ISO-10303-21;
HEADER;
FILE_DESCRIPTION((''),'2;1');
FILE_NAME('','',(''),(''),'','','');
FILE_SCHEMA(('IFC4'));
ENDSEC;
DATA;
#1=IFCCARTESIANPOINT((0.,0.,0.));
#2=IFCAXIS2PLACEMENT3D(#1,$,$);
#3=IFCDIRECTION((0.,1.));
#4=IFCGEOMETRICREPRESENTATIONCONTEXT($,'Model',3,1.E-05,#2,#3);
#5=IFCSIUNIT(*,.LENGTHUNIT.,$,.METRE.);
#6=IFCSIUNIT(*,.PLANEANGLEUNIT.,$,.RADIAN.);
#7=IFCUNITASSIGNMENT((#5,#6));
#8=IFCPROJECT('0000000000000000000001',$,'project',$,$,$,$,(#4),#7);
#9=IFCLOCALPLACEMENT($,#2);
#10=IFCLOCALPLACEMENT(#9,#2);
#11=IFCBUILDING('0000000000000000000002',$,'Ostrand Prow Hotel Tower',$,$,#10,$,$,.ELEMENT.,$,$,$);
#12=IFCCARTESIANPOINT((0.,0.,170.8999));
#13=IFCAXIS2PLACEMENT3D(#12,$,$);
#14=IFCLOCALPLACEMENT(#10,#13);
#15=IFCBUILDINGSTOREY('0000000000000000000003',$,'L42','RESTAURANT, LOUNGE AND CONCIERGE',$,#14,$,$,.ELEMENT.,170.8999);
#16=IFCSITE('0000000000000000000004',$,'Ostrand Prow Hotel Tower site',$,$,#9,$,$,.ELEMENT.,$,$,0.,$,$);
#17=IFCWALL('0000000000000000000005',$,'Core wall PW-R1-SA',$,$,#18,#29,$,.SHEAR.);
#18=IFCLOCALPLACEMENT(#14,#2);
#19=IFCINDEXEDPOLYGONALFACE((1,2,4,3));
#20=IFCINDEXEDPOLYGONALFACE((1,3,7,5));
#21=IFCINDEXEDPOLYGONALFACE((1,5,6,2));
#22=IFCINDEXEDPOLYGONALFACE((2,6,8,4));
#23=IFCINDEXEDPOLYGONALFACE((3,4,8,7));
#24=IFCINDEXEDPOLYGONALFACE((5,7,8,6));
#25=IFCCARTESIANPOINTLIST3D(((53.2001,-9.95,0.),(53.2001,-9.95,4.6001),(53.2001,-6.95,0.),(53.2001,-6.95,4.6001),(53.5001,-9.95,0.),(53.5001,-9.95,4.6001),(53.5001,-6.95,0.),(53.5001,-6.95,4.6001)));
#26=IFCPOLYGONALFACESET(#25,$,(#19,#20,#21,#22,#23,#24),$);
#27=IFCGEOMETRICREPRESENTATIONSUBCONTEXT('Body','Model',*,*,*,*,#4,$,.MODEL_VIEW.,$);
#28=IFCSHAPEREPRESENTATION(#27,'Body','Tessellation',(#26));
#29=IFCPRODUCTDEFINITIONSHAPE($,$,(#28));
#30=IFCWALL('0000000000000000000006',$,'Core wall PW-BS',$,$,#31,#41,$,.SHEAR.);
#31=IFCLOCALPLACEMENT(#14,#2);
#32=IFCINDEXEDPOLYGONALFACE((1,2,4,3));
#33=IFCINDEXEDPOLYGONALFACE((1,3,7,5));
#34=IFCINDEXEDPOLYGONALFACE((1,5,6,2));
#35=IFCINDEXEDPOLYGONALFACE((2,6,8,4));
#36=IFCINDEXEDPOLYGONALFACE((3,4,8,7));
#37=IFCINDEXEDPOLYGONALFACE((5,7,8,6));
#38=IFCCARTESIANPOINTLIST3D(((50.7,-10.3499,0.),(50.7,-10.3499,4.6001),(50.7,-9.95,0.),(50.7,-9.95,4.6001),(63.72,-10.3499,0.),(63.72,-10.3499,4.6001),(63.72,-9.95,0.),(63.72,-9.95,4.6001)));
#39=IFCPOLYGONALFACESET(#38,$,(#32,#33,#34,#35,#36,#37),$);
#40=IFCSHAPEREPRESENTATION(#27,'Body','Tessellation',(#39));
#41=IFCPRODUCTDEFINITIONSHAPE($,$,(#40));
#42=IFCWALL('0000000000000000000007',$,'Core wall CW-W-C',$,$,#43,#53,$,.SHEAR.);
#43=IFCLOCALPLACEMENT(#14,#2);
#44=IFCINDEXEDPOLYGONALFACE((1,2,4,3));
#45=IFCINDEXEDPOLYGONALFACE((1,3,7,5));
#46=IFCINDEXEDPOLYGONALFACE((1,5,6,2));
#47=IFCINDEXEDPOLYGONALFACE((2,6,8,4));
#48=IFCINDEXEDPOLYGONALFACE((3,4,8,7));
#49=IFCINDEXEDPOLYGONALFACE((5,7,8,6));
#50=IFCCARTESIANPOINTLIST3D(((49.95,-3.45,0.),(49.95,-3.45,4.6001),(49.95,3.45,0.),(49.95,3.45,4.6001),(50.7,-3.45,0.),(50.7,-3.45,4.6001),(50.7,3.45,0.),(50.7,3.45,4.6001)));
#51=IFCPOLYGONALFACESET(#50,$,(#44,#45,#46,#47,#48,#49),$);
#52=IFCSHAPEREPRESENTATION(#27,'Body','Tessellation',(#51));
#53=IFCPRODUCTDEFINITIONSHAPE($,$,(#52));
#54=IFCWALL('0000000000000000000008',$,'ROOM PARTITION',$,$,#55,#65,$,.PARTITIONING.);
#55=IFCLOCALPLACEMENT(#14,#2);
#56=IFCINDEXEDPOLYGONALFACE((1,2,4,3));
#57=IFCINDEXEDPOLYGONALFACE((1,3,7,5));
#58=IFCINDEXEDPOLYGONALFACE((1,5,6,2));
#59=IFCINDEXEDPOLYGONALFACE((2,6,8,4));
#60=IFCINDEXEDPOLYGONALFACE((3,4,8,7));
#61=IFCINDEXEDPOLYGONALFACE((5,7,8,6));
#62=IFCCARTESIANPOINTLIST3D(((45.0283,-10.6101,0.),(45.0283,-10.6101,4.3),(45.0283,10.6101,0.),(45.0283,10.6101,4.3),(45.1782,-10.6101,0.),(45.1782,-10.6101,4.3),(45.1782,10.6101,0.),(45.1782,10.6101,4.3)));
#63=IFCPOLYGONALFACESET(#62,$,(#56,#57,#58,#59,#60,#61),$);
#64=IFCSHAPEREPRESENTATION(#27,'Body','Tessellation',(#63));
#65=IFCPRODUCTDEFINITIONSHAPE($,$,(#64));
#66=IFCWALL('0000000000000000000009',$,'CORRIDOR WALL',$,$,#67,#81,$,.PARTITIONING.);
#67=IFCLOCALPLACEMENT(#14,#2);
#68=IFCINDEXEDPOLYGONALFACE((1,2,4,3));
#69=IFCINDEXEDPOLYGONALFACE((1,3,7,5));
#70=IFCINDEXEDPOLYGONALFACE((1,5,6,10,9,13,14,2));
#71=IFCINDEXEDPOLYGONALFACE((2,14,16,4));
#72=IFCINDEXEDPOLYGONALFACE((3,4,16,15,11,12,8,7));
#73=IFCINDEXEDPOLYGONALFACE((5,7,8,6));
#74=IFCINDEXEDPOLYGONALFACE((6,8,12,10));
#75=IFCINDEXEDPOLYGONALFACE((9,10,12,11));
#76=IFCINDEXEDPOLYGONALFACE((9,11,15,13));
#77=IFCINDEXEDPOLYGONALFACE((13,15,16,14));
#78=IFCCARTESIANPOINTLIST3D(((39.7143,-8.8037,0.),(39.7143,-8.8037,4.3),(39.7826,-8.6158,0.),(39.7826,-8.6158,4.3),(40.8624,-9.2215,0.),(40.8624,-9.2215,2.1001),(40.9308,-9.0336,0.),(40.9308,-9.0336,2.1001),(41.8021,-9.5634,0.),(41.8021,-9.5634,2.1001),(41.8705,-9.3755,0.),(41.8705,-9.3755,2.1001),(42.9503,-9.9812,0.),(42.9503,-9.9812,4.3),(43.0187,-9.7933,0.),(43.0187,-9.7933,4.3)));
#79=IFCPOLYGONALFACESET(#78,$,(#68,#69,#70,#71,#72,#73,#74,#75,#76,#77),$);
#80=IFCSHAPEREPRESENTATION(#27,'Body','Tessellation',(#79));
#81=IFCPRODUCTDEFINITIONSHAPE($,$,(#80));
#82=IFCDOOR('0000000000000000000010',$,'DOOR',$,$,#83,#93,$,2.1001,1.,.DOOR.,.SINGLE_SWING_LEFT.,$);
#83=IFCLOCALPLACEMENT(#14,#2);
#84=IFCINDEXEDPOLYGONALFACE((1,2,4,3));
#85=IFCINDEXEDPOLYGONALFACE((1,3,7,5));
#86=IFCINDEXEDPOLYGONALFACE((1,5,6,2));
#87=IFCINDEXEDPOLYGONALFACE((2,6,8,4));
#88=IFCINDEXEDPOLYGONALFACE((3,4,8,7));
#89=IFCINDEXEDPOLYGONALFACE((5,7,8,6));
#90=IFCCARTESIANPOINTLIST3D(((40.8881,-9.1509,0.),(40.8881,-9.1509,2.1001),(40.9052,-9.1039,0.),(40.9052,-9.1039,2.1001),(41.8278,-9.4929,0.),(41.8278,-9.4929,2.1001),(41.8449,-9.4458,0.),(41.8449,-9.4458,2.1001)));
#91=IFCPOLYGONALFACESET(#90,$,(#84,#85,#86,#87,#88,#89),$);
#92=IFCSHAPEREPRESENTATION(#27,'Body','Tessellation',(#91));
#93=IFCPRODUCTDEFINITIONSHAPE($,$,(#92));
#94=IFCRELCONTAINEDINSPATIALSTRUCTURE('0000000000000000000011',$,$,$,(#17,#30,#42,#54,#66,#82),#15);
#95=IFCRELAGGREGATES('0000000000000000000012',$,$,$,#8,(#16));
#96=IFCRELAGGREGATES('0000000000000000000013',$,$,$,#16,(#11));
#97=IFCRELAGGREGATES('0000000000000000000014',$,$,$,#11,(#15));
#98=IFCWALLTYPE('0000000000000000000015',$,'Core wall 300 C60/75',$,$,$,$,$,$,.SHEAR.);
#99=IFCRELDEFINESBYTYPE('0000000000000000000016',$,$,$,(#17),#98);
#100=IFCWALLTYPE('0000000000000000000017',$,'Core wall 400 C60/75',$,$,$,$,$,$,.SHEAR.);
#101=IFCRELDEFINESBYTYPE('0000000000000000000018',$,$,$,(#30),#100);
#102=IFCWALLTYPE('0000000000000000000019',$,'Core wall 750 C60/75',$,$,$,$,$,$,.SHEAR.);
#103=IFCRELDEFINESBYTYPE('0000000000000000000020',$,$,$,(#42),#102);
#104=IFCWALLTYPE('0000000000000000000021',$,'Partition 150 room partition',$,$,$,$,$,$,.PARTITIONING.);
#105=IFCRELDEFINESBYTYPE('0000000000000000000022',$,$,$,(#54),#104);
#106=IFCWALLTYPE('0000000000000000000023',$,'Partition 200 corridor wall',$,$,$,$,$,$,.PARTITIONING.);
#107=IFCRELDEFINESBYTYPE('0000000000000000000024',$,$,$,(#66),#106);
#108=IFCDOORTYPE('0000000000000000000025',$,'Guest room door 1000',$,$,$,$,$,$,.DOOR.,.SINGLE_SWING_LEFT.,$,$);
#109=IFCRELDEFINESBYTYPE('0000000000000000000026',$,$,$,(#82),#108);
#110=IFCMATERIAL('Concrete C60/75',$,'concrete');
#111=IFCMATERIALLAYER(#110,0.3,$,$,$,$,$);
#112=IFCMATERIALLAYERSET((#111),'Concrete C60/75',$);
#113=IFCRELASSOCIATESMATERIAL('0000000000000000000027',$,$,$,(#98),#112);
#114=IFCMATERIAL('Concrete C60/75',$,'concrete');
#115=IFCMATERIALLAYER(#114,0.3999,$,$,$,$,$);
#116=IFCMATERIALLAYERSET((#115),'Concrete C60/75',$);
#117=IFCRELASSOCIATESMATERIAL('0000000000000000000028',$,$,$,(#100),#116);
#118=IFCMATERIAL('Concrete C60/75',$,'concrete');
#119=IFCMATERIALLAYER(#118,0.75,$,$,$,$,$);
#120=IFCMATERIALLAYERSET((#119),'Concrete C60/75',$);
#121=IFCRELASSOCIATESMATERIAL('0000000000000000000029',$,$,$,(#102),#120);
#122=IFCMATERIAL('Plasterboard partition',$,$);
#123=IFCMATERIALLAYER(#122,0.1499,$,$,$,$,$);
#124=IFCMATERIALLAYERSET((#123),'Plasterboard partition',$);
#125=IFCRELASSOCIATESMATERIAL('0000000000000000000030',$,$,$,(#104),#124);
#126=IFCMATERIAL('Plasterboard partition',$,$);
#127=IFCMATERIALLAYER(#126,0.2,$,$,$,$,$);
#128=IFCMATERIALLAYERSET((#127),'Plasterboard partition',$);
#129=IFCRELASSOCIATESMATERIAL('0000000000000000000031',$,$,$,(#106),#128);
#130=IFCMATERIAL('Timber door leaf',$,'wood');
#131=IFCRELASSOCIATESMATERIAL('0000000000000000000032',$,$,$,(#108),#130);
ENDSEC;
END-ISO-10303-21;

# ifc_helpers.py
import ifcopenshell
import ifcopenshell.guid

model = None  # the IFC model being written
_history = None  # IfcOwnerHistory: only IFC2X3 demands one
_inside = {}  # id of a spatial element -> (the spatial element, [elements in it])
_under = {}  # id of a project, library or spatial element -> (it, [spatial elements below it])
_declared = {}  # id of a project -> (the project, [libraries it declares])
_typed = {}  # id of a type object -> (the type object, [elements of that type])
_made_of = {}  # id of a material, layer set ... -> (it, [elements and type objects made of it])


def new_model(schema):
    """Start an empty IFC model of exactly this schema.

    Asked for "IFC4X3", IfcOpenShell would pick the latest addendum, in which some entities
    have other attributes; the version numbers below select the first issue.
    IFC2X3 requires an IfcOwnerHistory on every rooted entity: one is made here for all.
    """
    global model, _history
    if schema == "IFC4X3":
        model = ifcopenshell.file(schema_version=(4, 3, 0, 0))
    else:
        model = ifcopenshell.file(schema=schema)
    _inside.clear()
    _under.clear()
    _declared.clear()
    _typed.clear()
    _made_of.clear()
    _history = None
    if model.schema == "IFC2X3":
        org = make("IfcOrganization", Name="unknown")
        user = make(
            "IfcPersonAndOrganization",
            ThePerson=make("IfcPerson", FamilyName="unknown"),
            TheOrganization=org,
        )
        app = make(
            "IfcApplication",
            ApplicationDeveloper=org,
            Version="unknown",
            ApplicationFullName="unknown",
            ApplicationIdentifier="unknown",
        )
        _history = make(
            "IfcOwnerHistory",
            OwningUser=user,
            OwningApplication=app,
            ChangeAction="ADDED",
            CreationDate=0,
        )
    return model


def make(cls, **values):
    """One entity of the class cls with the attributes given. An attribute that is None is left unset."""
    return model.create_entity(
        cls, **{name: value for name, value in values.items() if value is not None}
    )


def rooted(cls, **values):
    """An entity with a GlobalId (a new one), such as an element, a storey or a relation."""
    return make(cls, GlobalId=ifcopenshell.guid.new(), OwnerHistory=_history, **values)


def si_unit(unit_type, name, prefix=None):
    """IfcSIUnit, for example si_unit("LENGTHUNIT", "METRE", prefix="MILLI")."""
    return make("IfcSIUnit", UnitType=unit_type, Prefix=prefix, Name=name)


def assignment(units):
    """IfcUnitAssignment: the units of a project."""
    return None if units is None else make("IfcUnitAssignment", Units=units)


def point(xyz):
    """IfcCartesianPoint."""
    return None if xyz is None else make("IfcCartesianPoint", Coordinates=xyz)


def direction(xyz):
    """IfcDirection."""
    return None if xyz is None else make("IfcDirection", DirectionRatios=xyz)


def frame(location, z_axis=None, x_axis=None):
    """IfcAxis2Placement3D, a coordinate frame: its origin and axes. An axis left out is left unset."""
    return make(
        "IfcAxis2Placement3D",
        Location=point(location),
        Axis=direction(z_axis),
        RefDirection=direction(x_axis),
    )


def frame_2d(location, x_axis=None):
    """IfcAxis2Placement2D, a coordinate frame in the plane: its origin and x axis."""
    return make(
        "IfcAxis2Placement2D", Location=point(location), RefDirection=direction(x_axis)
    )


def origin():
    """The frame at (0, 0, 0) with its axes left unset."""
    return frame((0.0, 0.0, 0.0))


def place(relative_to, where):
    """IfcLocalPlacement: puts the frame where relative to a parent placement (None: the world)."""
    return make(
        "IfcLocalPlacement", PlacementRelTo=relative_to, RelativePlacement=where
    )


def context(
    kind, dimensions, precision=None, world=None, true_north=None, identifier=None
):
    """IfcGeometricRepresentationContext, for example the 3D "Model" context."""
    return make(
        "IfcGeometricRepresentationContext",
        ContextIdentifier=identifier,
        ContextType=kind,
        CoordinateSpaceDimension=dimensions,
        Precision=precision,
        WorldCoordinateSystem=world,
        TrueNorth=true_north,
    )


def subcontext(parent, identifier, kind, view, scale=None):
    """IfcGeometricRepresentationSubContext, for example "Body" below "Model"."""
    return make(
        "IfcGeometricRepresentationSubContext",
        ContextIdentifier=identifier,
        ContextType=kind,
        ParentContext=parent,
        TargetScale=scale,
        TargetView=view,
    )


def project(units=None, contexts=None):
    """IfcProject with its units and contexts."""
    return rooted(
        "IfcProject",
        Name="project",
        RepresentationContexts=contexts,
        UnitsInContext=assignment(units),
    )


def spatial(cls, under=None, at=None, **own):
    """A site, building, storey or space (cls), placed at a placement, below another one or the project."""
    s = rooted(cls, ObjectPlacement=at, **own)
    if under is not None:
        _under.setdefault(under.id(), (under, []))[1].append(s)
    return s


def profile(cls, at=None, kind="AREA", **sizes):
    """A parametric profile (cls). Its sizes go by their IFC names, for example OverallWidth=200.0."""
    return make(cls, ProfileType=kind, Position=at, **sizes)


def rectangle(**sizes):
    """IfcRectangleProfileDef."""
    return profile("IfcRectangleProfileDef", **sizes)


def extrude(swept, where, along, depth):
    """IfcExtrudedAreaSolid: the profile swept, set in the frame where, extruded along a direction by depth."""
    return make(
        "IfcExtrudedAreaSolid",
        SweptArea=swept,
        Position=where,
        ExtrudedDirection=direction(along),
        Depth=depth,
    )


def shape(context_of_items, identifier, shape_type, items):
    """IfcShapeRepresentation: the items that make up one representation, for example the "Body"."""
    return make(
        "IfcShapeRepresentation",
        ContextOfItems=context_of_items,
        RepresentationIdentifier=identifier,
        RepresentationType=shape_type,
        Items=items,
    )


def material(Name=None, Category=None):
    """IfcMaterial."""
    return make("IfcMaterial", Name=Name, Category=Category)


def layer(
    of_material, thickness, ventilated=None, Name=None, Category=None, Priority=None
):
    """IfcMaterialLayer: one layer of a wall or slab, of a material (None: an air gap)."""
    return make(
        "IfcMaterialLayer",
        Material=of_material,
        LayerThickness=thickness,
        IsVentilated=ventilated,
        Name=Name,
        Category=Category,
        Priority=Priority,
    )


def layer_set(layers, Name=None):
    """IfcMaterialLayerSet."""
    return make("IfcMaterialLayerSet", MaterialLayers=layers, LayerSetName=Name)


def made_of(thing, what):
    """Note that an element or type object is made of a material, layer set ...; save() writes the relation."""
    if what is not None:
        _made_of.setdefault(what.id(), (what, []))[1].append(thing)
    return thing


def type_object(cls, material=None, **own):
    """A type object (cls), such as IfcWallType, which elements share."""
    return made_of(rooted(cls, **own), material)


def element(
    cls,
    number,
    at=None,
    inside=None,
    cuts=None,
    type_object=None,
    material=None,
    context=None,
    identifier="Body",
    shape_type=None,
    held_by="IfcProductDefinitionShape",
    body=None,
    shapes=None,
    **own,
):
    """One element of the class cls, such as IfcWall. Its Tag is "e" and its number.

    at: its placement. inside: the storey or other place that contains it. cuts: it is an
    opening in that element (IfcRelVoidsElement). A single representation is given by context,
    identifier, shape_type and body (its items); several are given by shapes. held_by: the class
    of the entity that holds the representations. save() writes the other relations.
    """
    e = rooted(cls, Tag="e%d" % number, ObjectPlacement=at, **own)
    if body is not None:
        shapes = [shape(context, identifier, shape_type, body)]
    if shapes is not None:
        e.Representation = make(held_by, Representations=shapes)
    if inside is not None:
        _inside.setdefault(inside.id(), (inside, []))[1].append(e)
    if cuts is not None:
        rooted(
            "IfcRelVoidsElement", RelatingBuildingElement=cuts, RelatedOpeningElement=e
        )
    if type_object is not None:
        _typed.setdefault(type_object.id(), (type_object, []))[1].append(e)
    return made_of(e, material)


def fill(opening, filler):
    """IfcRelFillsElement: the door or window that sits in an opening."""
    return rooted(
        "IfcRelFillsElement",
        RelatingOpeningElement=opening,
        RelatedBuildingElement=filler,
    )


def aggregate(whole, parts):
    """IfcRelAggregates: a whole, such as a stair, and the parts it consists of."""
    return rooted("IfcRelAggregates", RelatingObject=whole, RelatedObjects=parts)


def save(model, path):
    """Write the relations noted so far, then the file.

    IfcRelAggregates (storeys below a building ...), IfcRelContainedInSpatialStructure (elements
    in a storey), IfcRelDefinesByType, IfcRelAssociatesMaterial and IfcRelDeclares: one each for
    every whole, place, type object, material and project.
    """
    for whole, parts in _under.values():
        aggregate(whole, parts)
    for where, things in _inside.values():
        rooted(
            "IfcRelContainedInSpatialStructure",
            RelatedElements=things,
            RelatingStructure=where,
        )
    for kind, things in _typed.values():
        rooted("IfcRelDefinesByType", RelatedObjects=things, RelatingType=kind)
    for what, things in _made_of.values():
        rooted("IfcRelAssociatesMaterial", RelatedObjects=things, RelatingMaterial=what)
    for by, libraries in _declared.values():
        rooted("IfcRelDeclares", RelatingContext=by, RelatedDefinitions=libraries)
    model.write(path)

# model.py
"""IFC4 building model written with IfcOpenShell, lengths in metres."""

from ifc_helpers import new_model, si_unit, direction, frame, frame_2d, origin, place, context, subcontext, project, spatial, rectangle, extrude, material, layer, layer_set, type_object, element, fill, save


model = new_model("IFC4")

# Units and contexts
model_context = context("Model", 3, precision=1e-05, world=origin(), true_north=direction((0.0, 1.0)))
body_context = subcontext(model_context, "Body", "Model", "MODEL_VIEW")
ifc_project = project(units=[si_unit("LENGTHUNIT", "METRE"), si_unit("PLANEANGLEUNIT", "RADIAN")], contexts=[model_context])

# Site, building, storey
site_placement = place(None, origin())
site = spatial("IfcSite", under=ifc_project, at=site_placement, Name="Ostrand Prow Hotel Tower site", CompositionType="ELEMENT", RefElevation=0.0)
building_placement = place(site_placement, origin())
building = spatial("IfcBuilding", under=site, at=building_placement, Name="Ostrand Prow Hotel Tower", CompositionType="ELEMENT")
storey_placement = place(building_placement, frame((0.0, 0.0, 170.8999)))
storey = spatial("IfcBuildingStorey", under=building, at=storey_placement, Name="L42", Description="RESTAURANT, LOUNGE AND CONCIERGE", CompositionType="ELEMENT", Elevation=170.8999)

# Shared definitions
ifc_material_1 = material(Name="Concrete C60/75", Category="concrete")
ifc_layer_1 = layer(ifc_material_1, 0.3)
ifc_layer_set_1 = layer_set([ifc_layer_1], Name="Concrete C60/75")
wall_type_1 = type_object("IfcWallType", Name="Core wall 300 C60/75", PredefinedType="SHEAR", material=ifc_layer_set_1)

# Walls
for number, where, z_axis, x_axis, name in (
    (1, (53.3501, -9.95, 0.0), (0.0, 0.0, 1.0), (0.0, 1.0, 0.0), "Core wall PW-R1-SA"),
):
    element("IfcWall", number, at=place(storey_placement, frame(where, z_axis=z_axis, x_axis=x_axis)), inside=storey, type_object=wall_type_1, Name=name, PredefinedType="SHEAR", context=body_context, shape_type="SweptSolid", body=[
        extrude(rectangle(XDim=3.0, YDim=0.3, at=frame_2d((1.5, 0.0))), origin(), (0.0, 0.0, 1.0), 4.6001),
    ])
ifc_material_2 = material(Name="Concrete C60/75", Category="concrete")
ifc_layer_2 = layer(ifc_material_2, 0.3999)
ifc_layer_set_2 = layer_set([ifc_layer_2], Name="Concrete C60/75")
wall_type_2 = type_object("IfcWallType", Name="Core wall 400 C60/75", PredefinedType="SHEAR", material=ifc_layer_set_2)
wall_1_placement = place(storey_placement, frame((50.7, -10.1499, 0.0), z_axis=(0.0, 0.0, 1.0), x_axis=(1.0, 0.0, 0.0)))
element("IfcWall", 2, at=wall_1_placement, inside=storey, type_object=wall_type_2, Name="Core wall PW-BS", PredefinedType="SHEAR", context=body_context, shape_type="SweptSolid", body=[
    extrude(rectangle(XDim=13.02, YDim=0.3999, at=frame_2d((6.51, 0.0))), origin(), (0.0, 0.0, 1.0), 4.6001),
])
ifc_material_3 = material(Name="Concrete C60/75", Category="concrete")
ifc_layer_3 = layer(ifc_material_3, 0.75)
ifc_layer_set_3 = layer_set([ifc_layer_3], Name="Concrete C60/75")
wall_type_3 = type_object("IfcWallType", Name="Core wall 750 C60/75", PredefinedType="SHEAR", material=ifc_layer_set_3)
wall_2_placement = place(storey_placement, frame((50.325, -3.45, 0.0), z_axis=(0.0, 0.0, 1.0), x_axis=(0.0, 1.0, 0.0)))
element("IfcWall", 3, at=wall_2_placement, inside=storey, type_object=wall_type_3, Name="Core wall CW-W-C", PredefinedType="SHEAR", context=body_context, shape_type="SweptSolid", body=[
    extrude(rectangle(XDim=6.8999, YDim=0.75, at=frame_2d((3.45, 0.0))), origin(), (0.0, 0.0, 1.0), 4.6001),
])
ifc_material_4 = material(Name="Plasterboard partition")
ifc_layer_4 = layer(ifc_material_4, 0.1499)
ifc_layer_set_4 = layer_set([ifc_layer_4], Name="Plasterboard partition")
wall_type_4 = type_object("IfcWallType", Name="Partition 150 room partition", PredefinedType="PARTITIONING", material=ifc_layer_set_4)
wall_3_placement = place(storey_placement, frame((45.1033, -10.6101, 0.0), z_axis=(0.0, 0.0, 1.0), x_axis=(0.0, 1.0, 0.0)))
element("IfcWall", 4, at=wall_3_placement, inside=storey, type_object=wall_type_4, Name="ROOM PARTITION", PredefinedType="PARTITIONING", context=body_context, shape_type="SweptSolid", body=[
    extrude(rectangle(XDim=21.2202, YDim=0.1499, at=frame_2d((10.6101, 0.0))), origin(), (0.0, 0.0, 1.0), 4.3),
])

# Wall, opening, door
ifc_material_5 = material(Name="Plasterboard partition")
ifc_layer_5 = layer(ifc_material_5, 0.2)
ifc_layer_set_5 = layer_set([ifc_layer_5], Name="Plasterboard partition")
wall_type_5 = type_object("IfcWallType", Name="Partition 200 corridor wall", PredefinedType="PARTITIONING", material=ifc_layer_set_5)
wall_4_placement = place(storey_placement, frame((42.9844, -9.8872, 0.0), z_axis=(0.0, 0.0, 1.0), x_axis=(-0.939725, 0.341931, 0.0)))
wall_4 = element("IfcWall", 5, at=wall_4_placement, inside=storey, type_object=wall_type_5, Name="CORRIDOR WALL", PredefinedType="PARTITIONING", context=body_context, shape_type="SweptSolid", body=[
    extrude(rectangle(XDim=3.4436, YDim=0.2, at=frame_2d((1.7217, 0.0))), origin(), (0.0, 0.0, 1.0), 4.3),
])
opening_1_placement = place(wall_4_placement, frame((1.2217, 0.0, 0.0)))
opening_1 = element("IfcOpeningElement", 6, at=opening_1_placement, cuts=wall_4, PredefinedType="OPENING", context=body_context, shape_type="SweptSolid", body=[
    extrude(rectangle(XDim=1.0, YDim=2.1001, at=frame_2d((0.5, 1.05))), frame((0.0, 0.1099, 0.0), z_axis=(0.0, -1.0, 0.0), x_axis=(1.0, 0.0, 0.0)), (0.0, 0.0, 1.0), 0.22),
])
ifc_material_6 = material(Name="Timber door leaf", Category="wood")
door_type_1 = type_object("IfcDoorType", Name="Guest room door 1000", OperationType="SINGLE_SWING_LEFT", PredefinedType="DOOR", material=ifc_material_6)
door_1_placement = place(opening_1_placement, origin())
door_1 = element("IfcDoor", 7, at=door_1_placement, inside=storey, type_object=door_type_1, Name="DOOR", OperationType="SINGLE_SWING_LEFT", OverallHeight=2.1001, OverallWidth=1.0, PredefinedType="DOOR", context=body_context, shape_type="SweptSolid", body=[
    extrude(rectangle(XDim=1.0, YDim=2.1001, at=frame_2d((0.5, 1.05))), frame((0.0, 0.0249, 0.0), z_axis=(0.0, -1.0, 0.0), x_axis=(1.0, 0.0, 0.0)), (0.0, 0.0, 1.0), 0.05),
])
fill(opening_1, door_1)

save(model, "model.ifc")
